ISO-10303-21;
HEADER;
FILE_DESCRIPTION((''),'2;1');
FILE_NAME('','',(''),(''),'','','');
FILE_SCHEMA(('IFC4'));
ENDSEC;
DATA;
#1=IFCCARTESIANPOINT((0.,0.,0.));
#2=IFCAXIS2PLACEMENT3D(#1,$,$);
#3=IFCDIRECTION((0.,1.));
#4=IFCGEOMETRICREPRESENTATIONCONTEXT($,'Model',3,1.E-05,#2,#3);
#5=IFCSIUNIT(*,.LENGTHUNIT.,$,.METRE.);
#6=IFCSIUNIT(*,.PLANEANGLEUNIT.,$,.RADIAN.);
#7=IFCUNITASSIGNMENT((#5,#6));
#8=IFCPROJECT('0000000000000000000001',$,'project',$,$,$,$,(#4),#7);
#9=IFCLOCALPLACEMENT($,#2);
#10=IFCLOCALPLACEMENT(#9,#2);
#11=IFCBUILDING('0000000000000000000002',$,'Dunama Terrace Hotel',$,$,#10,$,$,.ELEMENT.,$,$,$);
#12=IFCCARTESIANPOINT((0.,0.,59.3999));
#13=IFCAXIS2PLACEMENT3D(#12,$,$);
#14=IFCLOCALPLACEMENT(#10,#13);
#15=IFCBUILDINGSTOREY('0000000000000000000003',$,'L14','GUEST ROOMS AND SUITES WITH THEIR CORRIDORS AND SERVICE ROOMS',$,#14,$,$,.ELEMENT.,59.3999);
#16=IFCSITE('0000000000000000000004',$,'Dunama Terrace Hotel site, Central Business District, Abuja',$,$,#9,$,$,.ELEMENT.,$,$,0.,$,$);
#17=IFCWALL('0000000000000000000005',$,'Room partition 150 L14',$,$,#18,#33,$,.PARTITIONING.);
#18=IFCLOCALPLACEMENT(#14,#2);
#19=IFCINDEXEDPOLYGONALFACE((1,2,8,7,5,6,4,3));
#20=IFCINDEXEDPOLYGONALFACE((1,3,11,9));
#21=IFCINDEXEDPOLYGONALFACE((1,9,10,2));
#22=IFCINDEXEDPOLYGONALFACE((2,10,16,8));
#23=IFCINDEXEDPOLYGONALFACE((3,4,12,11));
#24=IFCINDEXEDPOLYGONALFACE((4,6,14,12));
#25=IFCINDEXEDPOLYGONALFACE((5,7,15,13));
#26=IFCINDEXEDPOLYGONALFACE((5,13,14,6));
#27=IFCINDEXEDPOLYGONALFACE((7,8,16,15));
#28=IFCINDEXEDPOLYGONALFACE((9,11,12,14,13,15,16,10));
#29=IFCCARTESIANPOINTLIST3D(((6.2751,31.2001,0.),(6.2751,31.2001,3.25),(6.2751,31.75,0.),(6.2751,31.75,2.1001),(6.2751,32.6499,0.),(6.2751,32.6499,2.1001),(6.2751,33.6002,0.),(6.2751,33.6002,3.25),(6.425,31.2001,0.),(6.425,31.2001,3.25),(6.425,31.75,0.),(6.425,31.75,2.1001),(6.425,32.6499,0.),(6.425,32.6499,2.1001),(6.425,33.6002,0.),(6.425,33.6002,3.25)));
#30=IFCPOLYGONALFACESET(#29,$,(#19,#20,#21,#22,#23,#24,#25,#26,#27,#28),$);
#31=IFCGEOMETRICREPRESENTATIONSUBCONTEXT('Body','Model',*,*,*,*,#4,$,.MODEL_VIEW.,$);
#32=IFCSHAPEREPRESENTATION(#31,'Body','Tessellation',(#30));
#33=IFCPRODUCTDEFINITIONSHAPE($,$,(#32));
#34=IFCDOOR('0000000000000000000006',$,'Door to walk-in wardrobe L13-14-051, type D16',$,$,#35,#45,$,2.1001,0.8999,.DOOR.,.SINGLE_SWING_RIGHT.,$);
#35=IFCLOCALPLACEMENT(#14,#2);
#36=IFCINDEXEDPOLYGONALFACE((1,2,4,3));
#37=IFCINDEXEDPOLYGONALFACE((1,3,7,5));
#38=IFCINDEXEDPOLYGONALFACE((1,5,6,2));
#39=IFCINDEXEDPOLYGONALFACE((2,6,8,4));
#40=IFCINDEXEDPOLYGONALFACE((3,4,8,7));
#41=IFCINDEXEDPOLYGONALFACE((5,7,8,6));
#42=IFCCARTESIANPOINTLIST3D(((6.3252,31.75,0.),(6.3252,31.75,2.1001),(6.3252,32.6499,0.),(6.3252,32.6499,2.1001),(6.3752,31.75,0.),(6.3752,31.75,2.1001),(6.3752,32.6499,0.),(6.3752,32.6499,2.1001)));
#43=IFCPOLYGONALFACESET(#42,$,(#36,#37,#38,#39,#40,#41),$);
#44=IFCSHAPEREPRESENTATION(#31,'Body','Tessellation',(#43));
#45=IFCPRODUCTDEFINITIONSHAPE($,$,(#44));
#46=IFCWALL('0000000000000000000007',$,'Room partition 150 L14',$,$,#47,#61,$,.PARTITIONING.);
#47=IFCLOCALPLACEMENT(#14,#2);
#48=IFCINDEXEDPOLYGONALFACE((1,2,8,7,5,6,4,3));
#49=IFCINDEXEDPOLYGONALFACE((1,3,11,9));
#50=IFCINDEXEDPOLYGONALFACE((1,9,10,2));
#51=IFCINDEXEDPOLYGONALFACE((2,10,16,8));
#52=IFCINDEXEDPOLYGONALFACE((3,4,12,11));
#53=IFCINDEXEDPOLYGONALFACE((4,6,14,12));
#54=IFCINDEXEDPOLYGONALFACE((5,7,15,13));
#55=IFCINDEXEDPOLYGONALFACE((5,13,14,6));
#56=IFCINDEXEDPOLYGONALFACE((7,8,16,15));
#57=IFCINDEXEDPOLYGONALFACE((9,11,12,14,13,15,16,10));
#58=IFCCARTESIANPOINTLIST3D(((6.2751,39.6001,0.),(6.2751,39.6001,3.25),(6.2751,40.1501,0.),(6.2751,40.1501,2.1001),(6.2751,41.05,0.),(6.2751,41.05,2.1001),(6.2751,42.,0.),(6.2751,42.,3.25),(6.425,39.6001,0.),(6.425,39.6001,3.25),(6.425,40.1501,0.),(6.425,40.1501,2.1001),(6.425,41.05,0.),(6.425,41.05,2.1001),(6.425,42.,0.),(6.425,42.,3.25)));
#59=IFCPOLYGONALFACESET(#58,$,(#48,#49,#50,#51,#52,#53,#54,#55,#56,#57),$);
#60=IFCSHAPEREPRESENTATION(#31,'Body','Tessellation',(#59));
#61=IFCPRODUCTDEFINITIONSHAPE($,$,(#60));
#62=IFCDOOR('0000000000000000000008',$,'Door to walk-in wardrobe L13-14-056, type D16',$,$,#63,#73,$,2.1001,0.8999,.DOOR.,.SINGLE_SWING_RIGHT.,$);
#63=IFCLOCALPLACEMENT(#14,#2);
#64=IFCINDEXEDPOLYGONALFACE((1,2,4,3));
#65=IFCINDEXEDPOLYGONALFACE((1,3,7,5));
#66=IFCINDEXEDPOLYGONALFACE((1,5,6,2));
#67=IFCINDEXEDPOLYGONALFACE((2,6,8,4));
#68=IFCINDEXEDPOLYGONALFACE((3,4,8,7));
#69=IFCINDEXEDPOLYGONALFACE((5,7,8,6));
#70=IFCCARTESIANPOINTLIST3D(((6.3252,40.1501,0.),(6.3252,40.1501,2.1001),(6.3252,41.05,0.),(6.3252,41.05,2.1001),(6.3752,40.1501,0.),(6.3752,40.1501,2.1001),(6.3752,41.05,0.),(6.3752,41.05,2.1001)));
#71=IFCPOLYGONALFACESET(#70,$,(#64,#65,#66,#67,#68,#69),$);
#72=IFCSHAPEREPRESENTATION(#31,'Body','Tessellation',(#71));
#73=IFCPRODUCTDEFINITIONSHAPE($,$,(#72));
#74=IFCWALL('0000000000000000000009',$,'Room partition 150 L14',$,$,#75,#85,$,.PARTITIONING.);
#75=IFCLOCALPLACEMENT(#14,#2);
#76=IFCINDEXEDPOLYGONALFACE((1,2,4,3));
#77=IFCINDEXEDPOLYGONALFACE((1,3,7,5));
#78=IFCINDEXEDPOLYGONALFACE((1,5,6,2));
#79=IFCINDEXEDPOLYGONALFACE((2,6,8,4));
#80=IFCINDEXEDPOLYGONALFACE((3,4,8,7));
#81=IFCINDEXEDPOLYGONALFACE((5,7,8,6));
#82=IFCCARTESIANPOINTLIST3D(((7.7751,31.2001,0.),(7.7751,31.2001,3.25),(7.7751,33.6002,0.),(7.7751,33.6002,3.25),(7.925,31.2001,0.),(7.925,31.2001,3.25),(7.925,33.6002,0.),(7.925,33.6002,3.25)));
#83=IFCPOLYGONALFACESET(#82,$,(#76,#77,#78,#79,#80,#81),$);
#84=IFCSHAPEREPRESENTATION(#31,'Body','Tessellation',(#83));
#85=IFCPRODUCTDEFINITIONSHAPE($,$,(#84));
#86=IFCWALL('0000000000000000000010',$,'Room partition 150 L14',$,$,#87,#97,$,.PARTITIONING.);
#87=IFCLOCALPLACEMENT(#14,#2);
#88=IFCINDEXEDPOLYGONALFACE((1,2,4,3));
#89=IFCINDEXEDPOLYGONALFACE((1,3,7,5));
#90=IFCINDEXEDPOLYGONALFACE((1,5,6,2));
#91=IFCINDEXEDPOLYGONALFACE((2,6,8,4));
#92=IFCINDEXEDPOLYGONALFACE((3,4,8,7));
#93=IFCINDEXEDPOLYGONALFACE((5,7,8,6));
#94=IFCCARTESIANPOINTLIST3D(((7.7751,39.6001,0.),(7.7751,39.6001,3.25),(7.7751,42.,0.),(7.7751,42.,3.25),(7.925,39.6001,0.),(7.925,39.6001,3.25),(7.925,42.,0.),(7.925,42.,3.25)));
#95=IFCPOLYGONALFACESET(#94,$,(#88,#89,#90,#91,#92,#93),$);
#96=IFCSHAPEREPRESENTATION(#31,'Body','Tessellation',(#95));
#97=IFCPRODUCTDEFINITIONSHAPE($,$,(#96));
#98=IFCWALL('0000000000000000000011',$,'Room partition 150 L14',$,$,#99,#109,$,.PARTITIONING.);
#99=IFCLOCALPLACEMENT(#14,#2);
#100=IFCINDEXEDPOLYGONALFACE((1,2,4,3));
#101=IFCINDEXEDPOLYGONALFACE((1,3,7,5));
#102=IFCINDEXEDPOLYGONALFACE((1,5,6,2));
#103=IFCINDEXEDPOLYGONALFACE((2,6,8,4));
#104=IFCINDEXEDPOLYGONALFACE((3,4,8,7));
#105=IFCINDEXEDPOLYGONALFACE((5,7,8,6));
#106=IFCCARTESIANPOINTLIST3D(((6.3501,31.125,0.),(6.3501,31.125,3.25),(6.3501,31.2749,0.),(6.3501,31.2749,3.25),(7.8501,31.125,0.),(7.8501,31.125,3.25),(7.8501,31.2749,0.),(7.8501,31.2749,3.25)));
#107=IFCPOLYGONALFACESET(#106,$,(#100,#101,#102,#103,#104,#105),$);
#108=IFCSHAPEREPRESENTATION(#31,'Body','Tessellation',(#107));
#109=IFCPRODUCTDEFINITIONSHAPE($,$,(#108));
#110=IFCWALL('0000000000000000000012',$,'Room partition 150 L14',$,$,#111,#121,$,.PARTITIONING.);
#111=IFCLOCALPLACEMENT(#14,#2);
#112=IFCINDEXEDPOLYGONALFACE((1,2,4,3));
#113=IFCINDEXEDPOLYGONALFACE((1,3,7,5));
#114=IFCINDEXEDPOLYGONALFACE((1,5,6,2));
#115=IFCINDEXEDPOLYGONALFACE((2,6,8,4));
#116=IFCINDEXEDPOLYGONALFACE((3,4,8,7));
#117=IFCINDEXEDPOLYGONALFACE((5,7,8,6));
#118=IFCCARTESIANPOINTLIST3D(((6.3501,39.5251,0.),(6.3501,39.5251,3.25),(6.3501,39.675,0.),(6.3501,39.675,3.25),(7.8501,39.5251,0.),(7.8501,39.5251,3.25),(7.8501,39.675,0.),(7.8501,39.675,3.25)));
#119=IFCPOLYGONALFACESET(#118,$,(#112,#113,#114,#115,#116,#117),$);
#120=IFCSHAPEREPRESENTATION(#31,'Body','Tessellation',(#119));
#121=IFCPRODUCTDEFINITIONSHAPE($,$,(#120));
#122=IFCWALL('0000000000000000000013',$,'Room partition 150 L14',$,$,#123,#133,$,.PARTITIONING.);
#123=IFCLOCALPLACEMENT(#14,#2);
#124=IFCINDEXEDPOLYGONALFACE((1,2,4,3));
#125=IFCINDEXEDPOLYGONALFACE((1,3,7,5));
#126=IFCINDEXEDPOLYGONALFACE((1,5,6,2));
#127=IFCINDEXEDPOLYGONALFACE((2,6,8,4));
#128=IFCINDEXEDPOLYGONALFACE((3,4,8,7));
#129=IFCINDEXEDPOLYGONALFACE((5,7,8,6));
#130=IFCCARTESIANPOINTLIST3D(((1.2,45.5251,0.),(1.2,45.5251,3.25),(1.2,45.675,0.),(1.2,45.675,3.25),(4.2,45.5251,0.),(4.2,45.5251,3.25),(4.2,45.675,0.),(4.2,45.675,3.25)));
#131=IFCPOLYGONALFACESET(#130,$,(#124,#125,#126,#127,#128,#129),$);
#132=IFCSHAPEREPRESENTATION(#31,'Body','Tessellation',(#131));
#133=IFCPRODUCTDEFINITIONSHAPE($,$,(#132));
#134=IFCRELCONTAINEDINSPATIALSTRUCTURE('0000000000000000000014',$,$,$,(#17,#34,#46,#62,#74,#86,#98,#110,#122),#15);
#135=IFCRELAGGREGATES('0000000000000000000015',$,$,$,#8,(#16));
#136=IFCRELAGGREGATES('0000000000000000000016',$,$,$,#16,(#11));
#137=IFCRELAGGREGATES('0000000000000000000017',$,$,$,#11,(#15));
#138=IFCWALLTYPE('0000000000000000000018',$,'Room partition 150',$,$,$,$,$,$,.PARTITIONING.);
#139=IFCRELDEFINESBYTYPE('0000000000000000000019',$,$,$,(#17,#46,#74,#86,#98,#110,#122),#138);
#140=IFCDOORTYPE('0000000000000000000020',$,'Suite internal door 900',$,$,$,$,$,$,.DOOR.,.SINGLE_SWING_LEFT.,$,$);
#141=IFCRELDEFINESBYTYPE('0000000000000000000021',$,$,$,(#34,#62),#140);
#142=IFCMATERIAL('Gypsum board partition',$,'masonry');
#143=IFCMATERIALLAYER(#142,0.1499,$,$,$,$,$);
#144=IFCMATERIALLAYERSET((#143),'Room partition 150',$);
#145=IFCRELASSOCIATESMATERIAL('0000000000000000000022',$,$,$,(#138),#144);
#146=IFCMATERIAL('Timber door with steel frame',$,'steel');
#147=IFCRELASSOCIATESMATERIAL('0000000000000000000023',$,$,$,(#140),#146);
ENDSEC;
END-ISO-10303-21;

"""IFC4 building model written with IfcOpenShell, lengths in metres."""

from ifc_helpers import new_model, si_unit, direction, frame, frame_2d, origin, place, context, subcontext, project, spatial, rectangle, extrude, material, layer, layer_set, type_object, element, fill, save


model = new_model("IFC4")

# Units and contexts
model_context = context("Model", 3, precision=1e-05, world=origin(), true_north=direction((0.0, 1.0)))
body_context = subcontext(model_context, "Body", "Model", "MODEL_VIEW")
ifc_project = project(units=[si_unit("LENGTHUNIT", "METRE"), si_unit("PLANEANGLEUNIT", "RADIAN")], contexts=[model_context])

# Site, building, storey
site_placement = place(None, origin())
site = spatial("IfcSite", under=ifc_project, at=site_placement, Name="Dunama Terrace Hotel site, Central Business District, Abuja", CompositionType="ELEMENT", RefElevation=0.0)
building_placement = place(site_placement, origin())
building = spatial("IfcBuilding", under=site, at=building_placement, Name="Dunama Terrace Hotel", CompositionType="ELEMENT")
storey_placement = place(building_placement, frame((0.0, 0.0, 59.3999)))
storey = spatial("IfcBuildingStorey", under=building, at=storey_placement, Name="L14", Description="GUEST ROOMS AND SUITES WITH THEIR CORRIDORS AND SERVICE ROOMS", CompositionType="ELEMENT", Elevation=59.3999)

# Walls, openings, doors
ifc_material_1 = material(Name="Gypsum board partition", Category="masonry")
ifc_layer_1 = layer(ifc_material_1, 0.1499)
ifc_layer_set_1 = layer_set([ifc_layer_1], Name="Room partition 150")
wall_type_1 = type_object("IfcWallType", Name="Room partition 150", PredefinedType="PARTITIONING", material=ifc_layer_set_1)
ifc_material_2 = material(Name="Timber door with steel frame", Category="steel")
door_type_1 = type_object("IfcDoorType", Name="Suite internal door 900", OperationType="SINGLE_SWING_LEFT", PredefinedType="DOOR", material=ifc_material_2)
wall_1_placement = place(storey_placement, frame((6.3501, 31.2, 0.0), z_axis=(0.0, 0.0, 1.0), x_axis=(0.0, 1.0, 0.0)))
wall_1 = element("IfcWall", 1, at=wall_1_placement, inside=storey, type_object=wall_type_1, Name="Room partition 150 L14", PredefinedType="PARTITIONING", context=body_context, shape_type="SweptSolid", body=[
    extrude(rectangle(XDim=2.4001, YDim=0.1499, at=frame_2d((1.2002, 0.0))), origin(), (0.0, 0.0, 1.0), 3.25),
])
opening_1_placement = place(wall_1_placement, frame((0.55, 0.0, 0.0)))
opening_1 = element("IfcOpeningElement", 2, at=opening_1_placement, cuts=wall_1, PredefinedType="OPENING", context=body_context, shape_type="SweptSolid", body=[
    extrude(rectangle(XDim=0.8999, YDim=2.1001, at=frame_2d((0.45, 1.05))), frame((0.0, 0.085, 0.0), z_axis=(0.0, -1.0, 0.0), x_axis=(1.0, 0.0, 0.0)), (0.0, 0.0, 1.0), 0.1699),
])
door_1_placement = place(opening_1_placement, frame((0.8999, 0.0, 0.0), z_axis=(0.0, 0.0, 1.0), x_axis=(-1.0, 0.0, 0.0)))
door_1 = element("IfcDoor", 3, at=door_1_placement, inside=storey, type_object=door_type_1, Name="Door to walk-in wardrobe L13-14-051, type D16", OperationType="SINGLE_SWING_RIGHT", OverallHeight=2.1001, OverallWidth=0.8999, PredefinedType="DOOR", context=body_context, shape_type="SweptSolid", body=[
    extrude(rectangle(XDim=0.8999, YDim=2.1001, at=frame_2d((0.45, 1.05))), frame((0.0, 0.0251, 0.0), z_axis=(0.0, -1.0, 0.0), x_axis=(1.0, 0.0, 0.0)), (0.0, 0.0, 1.0), 0.05),
])
fill(opening_1, door_1)
wall_2_placement = place(storey_placement, frame((6.3501, 39.6001, 0.0), z_axis=(0.0, 0.0, 1.0), x_axis=(0.0, 1.0, 0.0)))
wall_2 = element("IfcWall", 4, at=wall_2_placement, inside=storey, type_object=wall_type_1, Name="Room partition 150 L14", PredefinedType="PARTITIONING", context=body_context, shape_type="SweptSolid", body=[
    extrude(rectangle(XDim=2.3999, YDim=0.1499, at=frame_2d((1.2, 0.0))), origin(), (0.0, 0.0, 1.0), 3.25),
])
opening_2_placement = place(wall_2_placement, frame((0.55, 0.0, 0.0)))
opening_2 = element("IfcOpeningElement", 5, at=opening_2_placement, cuts=wall_2, PredefinedType="OPENING", context=body_context, shape_type="SweptSolid", body=[
    extrude(rectangle(XDim=0.8999, YDim=2.1001, at=frame_2d((0.45, 1.05))), frame((0.0, 0.085, 0.0), z_axis=(0.0, -1.0, 0.0), x_axis=(1.0, 0.0, 0.0)), (0.0, 0.0, 1.0), 0.1699),
])
door_2_placement = place(opening_2_placement, frame((0.8999, 0.0, 0.0), z_axis=(0.0, 0.0, 1.0), x_axis=(-1.0, 0.0, 0.0)))
door_2 = element("IfcDoor", 6, at=door_2_placement, inside=storey, type_object=door_type_1, Name="Door to walk-in wardrobe L13-14-056, type D16", OperationType="SINGLE_SWING_RIGHT", OverallHeight=2.1001, OverallWidth=0.8999, PredefinedType="DOOR", context=body_context, shape_type="SweptSolid", body=[
    extrude(rectangle(XDim=0.8999, YDim=2.1001, at=frame_2d((0.45, 1.05))), frame((0.0, 0.0251, 0.0), z_axis=(0.0, -1.0, 0.0), x_axis=(1.0, 0.0, 0.0)), (0.0, 0.0, 1.0), 0.05),
])
fill(opening_2, door_2)

# Walls
wall_3_placement = place(storey_placement, frame((7.8501, 31.2, 0.0), z_axis=(0.0, 0.0, 1.0), x_axis=(0.0, 1.0, 0.0)))
element("IfcWall", 7, at=wall_3_placement, inside=storey, type_object=wall_type_1, Name="Room partition 150 L14", PredefinedType="PARTITIONING", context=body_context, shape_type="SweptSolid", body=[
    extrude(rectangle(XDim=2.4001, YDim=0.1499, at=frame_2d((1.2002, 0.0))), origin(), (0.0, 0.0, 1.0), 3.25),
])
wall_4_placement = place(storey_placement, frame((7.8501, 39.6001, 0.0), z_axis=(0.0, 0.0, 1.0), x_axis=(0.0, 1.0, 0.0)))
element("IfcWall", 8, at=wall_4_placement, inside=storey, type_object=wall_type_1, Name="Room partition 150 L14", PredefinedType="PARTITIONING", context=body_context, shape_type="SweptSolid", body=[
    extrude(rectangle(XDim=2.3999, YDim=0.1499, at=frame_2d((1.2, 0.0))), origin(), (0.0, 0.0, 1.0), 3.25),
])
for number, where, z_axis, x_axis, name in (
    (9, (6.3501, 31.2, 0.0), (0.0, 0.0, 1.0), (1.0, 0.0, 0.0), "Room partition 150 L14"),
    (10, (6.3501, 39.6001, 0.0), (0.0, 0.0, 1.0), (1.0, 0.0, 0.0), "Room partition 150 L14"),
):
    element("IfcWall", number, at=place(storey_placement, frame(where, z_axis=z_axis, x_axis=x_axis)), inside=storey, type_object=wall_type_1, Name=name, PredefinedType="PARTITIONING", context=body_context, shape_type="SweptSolid", body=[
        extrude(rectangle(XDim=1.5, YDim=0.1499, at=frame_2d((0.75, 0.0))), origin(), (0.0, 0.0, 1.0), 3.25),
    ])
wall_5_placement = place(storey_placement, frame((1.2, 45.6001, 0.0), z_axis=(0.0, 0.0, 1.0), x_axis=(1.0, 0.0, 0.0)))
element("IfcWall", 11, at=wall_5_placement, inside=storey, type_object=wall_type_1, Name="Room partition 150 L14", PredefinedType="PARTITIONING", context=body_context, shape_type="SweptSolid", body=[
    extrude(rectangle(XDim=3.0, YDim=0.1499, at=frame_2d((1.5, 0.0))), origin(), (0.0, 0.0, 1.0), 3.25),
])

save(model, "model.ifc")
